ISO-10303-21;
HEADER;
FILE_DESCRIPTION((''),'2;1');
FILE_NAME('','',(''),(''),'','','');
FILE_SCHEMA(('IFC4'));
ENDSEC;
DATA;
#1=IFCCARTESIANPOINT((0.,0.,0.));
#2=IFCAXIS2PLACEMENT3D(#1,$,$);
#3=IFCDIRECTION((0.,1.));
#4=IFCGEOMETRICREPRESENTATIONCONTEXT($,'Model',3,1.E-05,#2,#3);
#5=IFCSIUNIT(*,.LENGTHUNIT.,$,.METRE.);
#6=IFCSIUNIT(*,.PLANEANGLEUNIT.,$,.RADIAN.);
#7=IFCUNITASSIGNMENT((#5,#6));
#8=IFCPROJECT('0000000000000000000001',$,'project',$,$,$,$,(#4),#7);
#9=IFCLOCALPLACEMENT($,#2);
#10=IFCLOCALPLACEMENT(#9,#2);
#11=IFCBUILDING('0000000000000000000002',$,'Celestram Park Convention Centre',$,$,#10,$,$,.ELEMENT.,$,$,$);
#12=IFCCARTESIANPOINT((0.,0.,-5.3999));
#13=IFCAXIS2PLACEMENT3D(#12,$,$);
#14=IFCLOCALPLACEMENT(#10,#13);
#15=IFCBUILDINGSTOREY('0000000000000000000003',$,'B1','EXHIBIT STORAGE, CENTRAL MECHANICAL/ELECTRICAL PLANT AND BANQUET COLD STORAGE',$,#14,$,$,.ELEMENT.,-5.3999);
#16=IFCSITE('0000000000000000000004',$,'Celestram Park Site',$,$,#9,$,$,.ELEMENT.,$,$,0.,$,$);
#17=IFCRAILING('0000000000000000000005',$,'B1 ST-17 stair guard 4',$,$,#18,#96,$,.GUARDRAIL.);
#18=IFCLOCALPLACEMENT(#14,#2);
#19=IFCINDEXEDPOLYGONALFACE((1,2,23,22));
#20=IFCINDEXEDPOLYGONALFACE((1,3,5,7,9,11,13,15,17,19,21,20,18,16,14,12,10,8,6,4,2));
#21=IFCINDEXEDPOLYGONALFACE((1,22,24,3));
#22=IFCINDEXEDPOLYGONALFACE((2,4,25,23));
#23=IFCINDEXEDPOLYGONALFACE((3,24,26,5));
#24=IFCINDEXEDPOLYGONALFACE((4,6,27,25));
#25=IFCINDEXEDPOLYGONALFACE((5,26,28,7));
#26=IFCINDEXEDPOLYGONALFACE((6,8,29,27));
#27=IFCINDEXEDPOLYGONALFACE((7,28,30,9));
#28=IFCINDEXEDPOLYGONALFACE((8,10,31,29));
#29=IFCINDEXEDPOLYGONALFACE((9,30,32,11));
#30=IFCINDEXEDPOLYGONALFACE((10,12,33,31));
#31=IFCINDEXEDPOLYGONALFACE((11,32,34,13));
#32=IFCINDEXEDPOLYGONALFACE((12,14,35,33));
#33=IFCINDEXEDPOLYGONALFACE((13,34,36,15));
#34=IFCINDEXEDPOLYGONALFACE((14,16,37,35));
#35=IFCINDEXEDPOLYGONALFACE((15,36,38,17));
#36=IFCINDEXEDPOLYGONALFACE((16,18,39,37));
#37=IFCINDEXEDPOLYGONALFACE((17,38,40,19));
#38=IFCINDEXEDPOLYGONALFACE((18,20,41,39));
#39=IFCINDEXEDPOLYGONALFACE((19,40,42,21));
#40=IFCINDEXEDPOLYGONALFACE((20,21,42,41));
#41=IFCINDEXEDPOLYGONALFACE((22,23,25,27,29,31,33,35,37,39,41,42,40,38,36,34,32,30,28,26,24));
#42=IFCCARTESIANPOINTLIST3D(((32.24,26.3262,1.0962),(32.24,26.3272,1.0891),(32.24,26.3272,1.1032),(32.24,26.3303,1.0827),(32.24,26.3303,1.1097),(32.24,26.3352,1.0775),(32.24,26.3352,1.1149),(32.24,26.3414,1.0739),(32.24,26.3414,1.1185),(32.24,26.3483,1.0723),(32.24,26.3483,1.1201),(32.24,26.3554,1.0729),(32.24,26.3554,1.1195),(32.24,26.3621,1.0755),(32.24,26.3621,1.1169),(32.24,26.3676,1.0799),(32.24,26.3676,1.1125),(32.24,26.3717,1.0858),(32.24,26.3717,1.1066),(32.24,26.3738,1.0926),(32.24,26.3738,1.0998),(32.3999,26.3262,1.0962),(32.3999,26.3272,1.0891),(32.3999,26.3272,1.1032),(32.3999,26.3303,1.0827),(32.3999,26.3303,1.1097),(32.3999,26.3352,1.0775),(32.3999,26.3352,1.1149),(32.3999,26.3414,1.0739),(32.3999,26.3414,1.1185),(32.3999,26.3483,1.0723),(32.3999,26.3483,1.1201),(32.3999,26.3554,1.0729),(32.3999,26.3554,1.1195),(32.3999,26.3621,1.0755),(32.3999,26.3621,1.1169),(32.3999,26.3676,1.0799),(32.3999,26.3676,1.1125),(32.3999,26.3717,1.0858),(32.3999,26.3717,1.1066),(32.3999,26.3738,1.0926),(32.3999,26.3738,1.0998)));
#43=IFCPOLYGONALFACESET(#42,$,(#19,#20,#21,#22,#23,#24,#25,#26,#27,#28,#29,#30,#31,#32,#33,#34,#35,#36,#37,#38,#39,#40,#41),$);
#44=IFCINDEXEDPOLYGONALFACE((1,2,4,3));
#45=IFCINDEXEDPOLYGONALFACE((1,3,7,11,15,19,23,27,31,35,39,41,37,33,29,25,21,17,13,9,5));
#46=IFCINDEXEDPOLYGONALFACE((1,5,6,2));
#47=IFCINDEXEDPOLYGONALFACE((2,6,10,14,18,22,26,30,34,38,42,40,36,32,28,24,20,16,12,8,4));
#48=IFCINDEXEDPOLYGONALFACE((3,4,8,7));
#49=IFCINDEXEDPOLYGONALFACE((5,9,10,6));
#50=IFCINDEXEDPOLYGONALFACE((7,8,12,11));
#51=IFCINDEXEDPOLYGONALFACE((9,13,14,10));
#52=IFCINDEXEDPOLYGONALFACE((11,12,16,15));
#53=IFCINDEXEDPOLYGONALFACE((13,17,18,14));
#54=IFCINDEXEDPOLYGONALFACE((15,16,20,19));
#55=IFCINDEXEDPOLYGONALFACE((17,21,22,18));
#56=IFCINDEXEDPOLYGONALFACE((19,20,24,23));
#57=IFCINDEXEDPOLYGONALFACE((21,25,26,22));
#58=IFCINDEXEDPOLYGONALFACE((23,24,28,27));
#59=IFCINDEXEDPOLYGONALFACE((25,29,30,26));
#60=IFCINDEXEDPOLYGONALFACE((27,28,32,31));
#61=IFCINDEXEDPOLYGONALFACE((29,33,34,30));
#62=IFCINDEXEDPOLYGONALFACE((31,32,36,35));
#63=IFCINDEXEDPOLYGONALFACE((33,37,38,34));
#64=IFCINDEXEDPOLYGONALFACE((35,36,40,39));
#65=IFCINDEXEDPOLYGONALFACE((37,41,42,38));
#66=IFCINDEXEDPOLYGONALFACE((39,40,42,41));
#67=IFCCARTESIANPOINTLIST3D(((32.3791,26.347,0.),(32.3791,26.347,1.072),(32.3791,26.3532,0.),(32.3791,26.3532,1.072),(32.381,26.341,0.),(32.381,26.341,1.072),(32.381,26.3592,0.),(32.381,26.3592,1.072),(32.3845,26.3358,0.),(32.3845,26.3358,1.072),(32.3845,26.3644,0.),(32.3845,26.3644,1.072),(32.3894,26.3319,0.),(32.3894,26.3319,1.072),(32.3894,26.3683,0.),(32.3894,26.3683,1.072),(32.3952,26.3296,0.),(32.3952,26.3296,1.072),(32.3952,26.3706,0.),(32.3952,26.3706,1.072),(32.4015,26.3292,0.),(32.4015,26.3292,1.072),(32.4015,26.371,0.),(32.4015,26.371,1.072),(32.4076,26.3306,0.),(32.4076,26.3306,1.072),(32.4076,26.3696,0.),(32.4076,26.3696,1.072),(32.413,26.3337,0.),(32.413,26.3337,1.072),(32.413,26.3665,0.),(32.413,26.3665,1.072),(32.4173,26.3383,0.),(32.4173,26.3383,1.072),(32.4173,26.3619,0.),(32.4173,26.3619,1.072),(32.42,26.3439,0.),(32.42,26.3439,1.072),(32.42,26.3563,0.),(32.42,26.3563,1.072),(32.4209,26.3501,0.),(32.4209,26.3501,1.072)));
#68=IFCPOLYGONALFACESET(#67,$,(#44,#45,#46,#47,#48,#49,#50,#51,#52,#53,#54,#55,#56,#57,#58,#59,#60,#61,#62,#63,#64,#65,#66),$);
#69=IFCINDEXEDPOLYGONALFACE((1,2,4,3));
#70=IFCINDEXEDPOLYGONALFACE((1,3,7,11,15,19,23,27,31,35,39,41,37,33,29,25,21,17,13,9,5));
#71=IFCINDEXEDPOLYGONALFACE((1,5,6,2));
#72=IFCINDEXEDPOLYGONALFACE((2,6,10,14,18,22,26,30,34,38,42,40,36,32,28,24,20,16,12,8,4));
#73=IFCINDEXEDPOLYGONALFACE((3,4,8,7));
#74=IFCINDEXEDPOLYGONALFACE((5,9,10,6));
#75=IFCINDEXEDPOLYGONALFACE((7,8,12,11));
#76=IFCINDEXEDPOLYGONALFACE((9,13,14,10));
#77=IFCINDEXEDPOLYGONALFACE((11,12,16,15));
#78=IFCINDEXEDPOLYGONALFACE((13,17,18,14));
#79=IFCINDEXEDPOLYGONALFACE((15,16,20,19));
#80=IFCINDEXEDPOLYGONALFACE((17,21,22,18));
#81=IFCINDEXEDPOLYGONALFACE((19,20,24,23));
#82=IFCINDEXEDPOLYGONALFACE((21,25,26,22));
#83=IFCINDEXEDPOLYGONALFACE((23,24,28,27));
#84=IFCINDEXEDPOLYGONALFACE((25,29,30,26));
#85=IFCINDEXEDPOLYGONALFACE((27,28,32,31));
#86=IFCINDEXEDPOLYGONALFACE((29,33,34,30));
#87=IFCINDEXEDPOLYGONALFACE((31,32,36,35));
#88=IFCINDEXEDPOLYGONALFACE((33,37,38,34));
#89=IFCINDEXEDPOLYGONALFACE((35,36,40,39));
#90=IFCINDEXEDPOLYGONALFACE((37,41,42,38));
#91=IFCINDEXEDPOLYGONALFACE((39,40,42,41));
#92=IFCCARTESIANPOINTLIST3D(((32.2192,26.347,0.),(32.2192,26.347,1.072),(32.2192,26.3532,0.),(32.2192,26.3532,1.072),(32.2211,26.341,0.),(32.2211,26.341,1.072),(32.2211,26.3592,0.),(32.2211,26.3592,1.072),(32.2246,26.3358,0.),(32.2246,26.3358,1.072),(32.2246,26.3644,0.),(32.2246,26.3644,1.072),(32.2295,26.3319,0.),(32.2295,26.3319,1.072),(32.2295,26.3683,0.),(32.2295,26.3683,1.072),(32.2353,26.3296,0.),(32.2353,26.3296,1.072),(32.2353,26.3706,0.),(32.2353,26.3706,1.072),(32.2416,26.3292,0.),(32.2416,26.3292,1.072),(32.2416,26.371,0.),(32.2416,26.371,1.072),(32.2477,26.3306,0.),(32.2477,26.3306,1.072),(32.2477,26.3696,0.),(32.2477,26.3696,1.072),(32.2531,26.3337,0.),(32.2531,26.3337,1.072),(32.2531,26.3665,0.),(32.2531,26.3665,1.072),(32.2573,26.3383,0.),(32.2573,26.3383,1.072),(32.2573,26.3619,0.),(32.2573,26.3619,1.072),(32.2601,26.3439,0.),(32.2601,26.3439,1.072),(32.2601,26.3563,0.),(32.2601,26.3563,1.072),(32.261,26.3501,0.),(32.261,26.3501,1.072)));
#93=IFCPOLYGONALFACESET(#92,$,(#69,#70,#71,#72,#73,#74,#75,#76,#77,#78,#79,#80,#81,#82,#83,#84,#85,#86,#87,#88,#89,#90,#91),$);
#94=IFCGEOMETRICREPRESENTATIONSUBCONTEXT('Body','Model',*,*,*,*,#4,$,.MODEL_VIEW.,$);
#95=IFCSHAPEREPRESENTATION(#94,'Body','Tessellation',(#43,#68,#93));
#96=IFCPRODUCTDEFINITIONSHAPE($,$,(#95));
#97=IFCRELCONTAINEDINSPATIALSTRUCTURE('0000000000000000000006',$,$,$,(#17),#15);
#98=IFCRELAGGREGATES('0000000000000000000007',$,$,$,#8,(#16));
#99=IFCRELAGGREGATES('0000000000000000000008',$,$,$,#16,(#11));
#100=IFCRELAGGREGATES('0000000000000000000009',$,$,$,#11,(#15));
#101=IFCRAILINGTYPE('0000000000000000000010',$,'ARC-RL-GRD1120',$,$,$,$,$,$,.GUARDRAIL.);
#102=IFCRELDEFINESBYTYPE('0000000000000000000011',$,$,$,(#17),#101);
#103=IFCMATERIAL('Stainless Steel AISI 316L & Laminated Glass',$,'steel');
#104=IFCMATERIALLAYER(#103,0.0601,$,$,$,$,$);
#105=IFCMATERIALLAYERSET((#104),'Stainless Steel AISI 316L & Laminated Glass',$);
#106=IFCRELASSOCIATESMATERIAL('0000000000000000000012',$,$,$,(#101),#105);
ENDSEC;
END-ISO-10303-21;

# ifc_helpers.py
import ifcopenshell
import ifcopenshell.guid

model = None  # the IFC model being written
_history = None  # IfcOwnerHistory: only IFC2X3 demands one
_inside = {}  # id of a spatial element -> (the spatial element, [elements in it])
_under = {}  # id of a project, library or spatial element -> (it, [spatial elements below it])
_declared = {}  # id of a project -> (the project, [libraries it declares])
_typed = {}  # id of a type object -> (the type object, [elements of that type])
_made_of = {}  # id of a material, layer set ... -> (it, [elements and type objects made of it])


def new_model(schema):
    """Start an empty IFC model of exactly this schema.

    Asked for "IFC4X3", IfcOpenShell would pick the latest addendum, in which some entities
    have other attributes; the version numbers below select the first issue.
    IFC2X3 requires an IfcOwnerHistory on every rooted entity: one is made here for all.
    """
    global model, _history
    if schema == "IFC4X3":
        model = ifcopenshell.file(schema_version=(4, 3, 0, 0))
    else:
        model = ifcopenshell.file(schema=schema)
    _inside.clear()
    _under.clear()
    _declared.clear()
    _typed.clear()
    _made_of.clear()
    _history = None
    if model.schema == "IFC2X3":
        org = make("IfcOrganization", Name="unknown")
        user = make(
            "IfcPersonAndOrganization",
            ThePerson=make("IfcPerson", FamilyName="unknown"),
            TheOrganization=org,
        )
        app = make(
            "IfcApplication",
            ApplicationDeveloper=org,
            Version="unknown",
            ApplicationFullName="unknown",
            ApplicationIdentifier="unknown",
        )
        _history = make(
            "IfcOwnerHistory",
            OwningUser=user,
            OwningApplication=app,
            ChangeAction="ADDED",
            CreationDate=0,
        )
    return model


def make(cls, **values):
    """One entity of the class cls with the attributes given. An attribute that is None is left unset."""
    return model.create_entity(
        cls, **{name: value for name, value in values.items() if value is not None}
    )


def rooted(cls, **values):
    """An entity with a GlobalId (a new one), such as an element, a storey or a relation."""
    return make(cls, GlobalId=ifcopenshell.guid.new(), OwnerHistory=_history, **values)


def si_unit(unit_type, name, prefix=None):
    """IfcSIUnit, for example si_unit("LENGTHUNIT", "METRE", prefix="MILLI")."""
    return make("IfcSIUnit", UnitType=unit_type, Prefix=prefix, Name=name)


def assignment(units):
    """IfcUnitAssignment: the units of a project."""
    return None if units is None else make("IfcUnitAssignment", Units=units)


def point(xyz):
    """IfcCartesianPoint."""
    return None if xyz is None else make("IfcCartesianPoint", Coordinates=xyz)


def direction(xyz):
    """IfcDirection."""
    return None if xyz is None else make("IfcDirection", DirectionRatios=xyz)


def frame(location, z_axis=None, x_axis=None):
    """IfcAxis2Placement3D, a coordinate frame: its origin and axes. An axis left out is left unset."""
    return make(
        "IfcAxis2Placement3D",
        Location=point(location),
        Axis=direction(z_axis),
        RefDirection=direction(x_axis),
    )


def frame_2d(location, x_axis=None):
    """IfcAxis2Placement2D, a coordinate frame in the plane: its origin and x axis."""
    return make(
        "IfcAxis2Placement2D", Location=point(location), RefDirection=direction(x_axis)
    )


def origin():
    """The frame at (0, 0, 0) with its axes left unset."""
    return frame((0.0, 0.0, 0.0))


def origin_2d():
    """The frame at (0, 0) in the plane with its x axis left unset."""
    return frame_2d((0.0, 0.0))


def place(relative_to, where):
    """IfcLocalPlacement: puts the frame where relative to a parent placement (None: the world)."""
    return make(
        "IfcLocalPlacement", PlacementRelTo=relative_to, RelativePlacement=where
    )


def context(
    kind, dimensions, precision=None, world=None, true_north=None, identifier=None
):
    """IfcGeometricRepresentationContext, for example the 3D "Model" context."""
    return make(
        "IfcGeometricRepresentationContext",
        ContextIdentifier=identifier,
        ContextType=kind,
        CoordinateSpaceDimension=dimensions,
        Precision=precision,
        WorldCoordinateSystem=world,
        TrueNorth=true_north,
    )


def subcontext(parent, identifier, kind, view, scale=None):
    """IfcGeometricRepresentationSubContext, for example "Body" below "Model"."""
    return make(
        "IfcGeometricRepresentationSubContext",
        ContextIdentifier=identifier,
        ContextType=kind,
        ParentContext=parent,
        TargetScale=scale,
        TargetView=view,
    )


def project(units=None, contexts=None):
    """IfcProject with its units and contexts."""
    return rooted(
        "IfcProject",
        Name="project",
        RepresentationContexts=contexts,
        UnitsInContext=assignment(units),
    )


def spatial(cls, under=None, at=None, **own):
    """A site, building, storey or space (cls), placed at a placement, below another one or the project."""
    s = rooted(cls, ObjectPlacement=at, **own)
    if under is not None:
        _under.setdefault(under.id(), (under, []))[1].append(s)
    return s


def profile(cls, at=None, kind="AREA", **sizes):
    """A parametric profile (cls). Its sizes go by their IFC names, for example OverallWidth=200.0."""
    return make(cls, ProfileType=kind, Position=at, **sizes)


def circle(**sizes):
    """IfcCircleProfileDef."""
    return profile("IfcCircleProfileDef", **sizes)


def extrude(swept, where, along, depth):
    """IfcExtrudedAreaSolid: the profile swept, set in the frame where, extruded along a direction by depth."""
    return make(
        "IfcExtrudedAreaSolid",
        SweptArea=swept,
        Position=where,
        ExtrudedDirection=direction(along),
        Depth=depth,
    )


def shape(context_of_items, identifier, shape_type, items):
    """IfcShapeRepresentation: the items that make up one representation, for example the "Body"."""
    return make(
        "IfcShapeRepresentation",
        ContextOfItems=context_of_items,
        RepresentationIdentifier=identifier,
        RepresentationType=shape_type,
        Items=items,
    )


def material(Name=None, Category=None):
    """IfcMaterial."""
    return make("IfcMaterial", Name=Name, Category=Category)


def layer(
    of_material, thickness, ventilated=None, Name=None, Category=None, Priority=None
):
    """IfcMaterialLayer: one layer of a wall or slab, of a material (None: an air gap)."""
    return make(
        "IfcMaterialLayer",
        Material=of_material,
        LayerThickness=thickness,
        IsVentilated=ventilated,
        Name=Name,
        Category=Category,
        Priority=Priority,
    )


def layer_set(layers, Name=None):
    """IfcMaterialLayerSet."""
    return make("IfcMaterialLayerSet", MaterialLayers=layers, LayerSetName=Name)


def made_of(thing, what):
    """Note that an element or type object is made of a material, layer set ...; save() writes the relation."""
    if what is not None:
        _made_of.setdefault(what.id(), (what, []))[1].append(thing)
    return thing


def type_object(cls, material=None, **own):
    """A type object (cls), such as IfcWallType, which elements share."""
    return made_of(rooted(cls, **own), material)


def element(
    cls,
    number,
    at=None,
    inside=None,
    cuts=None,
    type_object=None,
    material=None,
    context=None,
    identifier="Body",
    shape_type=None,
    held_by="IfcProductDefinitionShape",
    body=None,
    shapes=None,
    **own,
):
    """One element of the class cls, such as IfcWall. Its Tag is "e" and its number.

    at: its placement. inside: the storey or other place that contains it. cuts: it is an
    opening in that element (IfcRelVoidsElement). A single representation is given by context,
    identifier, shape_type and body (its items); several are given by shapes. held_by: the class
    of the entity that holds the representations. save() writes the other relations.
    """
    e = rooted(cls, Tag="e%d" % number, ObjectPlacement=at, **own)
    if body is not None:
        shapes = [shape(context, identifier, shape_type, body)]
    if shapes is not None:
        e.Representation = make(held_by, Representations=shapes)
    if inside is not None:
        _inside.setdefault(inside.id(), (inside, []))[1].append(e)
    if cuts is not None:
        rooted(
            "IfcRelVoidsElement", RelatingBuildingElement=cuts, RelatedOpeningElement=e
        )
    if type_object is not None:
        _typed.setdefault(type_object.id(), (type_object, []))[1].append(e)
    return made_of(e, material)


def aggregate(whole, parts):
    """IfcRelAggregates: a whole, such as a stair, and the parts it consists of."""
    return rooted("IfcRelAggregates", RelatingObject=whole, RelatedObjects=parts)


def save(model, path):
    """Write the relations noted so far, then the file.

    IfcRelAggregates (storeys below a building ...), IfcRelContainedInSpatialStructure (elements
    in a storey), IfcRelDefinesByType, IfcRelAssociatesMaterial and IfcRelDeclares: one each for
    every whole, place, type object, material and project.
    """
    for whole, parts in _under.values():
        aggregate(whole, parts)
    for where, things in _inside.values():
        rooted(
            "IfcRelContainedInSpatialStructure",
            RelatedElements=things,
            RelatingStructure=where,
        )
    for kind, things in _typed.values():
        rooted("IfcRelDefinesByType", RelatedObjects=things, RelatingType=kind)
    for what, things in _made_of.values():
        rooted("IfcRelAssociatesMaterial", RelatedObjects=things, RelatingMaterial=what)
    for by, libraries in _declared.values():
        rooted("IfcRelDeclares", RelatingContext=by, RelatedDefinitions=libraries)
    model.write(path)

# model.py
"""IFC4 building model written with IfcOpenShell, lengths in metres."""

from ifc_helpers import new_model, si_unit, direction, frame, origin, origin_2d, place, context, subcontext, project, spatial, circle, extrude, material, layer, layer_set, type_object, element, save


model = new_model("IFC4")

# Units and contexts
model_context = context("Model", 3, precision=1e-05, world=origin(), true_north=direction((0.0, 1.0)))
body_context = subcontext(model_context, "Body", "Model", "MODEL_VIEW")
ifc_project = project(units=[si_unit("LENGTHUNIT", "METRE"), si_unit("PLANEANGLEUNIT", "RADIAN")], contexts=[model_context])

# Site, building, storey
site_placement = place(None, origin())
site = spatial("IfcSite", under=ifc_project, at=site_placement, Name="Celestram Park Site", CompositionType="ELEMENT", RefElevation=0.0)
building_placement = place(site_placement, origin())
building = spatial("IfcBuilding", under=site, at=building_placement, Name="Celestram Park Convention Centre", CompositionType="ELEMENT")
storey_placement = place(building_placement, frame((0.0, 0.0, -5.3999)))
storey = spatial("IfcBuildingStorey", under=building, at=storey_placement, Name="B1", Description="EXHIBIT STORAGE, CENTRAL MECHANICAL/ELECTRICAL PLANT AND BANQUET COLD STORAGE", CompositionType="ELEMENT", Elevation=-5.3999)

# Railing
ifc_material_1 = material(Name="Stainless Steel AISI 316L & Laminated Glass", Category="steel")
ifc_layer_1 = layer(ifc_material_1, 0.0601)
ifc_layer_set_1 = layer_set([ifc_layer_1], Name="Stainless Steel AISI 316L & Laminated Glass")
railing_type_1 = type_object("IfcRailingType", Name="ARC-RL-GRD1120", PredefinedType="GUARDRAIL", material=ifc_layer_set_1)
railing_1_placement = place(storey_placement, frame((32.3999, 26.3501, 0.0)))
element("IfcRailing", 1, at=railing_1_placement, inside=storey, type_object=railing_type_1, Name="B1 ST-17 stair guard 4", PredefinedType="GUARDRAIL", context=body_context, shape_type="SweptSolid", body=[
    extrude(circle(Radius=0.0239, at=origin_2d()), frame((0.0, 0.0, 1.0962), z_axis=(-1.0, 0.0, 0.0), x_axis=(0.0, -1.0, 0.0)), (0.0, 0.0, 1.0), 0.1599),
    extrude(circle(Radius=0.021, at=origin_2d()), origin(), (0.0, 0.0, 1.0), 1.072),
    extrude(circle(Radius=0.021, at=origin_2d()), frame((-0.1599, 0.0, 0.0)), (0.0, 0.0, 1.0), 1.072),
])

save(model, "model.ifc")
